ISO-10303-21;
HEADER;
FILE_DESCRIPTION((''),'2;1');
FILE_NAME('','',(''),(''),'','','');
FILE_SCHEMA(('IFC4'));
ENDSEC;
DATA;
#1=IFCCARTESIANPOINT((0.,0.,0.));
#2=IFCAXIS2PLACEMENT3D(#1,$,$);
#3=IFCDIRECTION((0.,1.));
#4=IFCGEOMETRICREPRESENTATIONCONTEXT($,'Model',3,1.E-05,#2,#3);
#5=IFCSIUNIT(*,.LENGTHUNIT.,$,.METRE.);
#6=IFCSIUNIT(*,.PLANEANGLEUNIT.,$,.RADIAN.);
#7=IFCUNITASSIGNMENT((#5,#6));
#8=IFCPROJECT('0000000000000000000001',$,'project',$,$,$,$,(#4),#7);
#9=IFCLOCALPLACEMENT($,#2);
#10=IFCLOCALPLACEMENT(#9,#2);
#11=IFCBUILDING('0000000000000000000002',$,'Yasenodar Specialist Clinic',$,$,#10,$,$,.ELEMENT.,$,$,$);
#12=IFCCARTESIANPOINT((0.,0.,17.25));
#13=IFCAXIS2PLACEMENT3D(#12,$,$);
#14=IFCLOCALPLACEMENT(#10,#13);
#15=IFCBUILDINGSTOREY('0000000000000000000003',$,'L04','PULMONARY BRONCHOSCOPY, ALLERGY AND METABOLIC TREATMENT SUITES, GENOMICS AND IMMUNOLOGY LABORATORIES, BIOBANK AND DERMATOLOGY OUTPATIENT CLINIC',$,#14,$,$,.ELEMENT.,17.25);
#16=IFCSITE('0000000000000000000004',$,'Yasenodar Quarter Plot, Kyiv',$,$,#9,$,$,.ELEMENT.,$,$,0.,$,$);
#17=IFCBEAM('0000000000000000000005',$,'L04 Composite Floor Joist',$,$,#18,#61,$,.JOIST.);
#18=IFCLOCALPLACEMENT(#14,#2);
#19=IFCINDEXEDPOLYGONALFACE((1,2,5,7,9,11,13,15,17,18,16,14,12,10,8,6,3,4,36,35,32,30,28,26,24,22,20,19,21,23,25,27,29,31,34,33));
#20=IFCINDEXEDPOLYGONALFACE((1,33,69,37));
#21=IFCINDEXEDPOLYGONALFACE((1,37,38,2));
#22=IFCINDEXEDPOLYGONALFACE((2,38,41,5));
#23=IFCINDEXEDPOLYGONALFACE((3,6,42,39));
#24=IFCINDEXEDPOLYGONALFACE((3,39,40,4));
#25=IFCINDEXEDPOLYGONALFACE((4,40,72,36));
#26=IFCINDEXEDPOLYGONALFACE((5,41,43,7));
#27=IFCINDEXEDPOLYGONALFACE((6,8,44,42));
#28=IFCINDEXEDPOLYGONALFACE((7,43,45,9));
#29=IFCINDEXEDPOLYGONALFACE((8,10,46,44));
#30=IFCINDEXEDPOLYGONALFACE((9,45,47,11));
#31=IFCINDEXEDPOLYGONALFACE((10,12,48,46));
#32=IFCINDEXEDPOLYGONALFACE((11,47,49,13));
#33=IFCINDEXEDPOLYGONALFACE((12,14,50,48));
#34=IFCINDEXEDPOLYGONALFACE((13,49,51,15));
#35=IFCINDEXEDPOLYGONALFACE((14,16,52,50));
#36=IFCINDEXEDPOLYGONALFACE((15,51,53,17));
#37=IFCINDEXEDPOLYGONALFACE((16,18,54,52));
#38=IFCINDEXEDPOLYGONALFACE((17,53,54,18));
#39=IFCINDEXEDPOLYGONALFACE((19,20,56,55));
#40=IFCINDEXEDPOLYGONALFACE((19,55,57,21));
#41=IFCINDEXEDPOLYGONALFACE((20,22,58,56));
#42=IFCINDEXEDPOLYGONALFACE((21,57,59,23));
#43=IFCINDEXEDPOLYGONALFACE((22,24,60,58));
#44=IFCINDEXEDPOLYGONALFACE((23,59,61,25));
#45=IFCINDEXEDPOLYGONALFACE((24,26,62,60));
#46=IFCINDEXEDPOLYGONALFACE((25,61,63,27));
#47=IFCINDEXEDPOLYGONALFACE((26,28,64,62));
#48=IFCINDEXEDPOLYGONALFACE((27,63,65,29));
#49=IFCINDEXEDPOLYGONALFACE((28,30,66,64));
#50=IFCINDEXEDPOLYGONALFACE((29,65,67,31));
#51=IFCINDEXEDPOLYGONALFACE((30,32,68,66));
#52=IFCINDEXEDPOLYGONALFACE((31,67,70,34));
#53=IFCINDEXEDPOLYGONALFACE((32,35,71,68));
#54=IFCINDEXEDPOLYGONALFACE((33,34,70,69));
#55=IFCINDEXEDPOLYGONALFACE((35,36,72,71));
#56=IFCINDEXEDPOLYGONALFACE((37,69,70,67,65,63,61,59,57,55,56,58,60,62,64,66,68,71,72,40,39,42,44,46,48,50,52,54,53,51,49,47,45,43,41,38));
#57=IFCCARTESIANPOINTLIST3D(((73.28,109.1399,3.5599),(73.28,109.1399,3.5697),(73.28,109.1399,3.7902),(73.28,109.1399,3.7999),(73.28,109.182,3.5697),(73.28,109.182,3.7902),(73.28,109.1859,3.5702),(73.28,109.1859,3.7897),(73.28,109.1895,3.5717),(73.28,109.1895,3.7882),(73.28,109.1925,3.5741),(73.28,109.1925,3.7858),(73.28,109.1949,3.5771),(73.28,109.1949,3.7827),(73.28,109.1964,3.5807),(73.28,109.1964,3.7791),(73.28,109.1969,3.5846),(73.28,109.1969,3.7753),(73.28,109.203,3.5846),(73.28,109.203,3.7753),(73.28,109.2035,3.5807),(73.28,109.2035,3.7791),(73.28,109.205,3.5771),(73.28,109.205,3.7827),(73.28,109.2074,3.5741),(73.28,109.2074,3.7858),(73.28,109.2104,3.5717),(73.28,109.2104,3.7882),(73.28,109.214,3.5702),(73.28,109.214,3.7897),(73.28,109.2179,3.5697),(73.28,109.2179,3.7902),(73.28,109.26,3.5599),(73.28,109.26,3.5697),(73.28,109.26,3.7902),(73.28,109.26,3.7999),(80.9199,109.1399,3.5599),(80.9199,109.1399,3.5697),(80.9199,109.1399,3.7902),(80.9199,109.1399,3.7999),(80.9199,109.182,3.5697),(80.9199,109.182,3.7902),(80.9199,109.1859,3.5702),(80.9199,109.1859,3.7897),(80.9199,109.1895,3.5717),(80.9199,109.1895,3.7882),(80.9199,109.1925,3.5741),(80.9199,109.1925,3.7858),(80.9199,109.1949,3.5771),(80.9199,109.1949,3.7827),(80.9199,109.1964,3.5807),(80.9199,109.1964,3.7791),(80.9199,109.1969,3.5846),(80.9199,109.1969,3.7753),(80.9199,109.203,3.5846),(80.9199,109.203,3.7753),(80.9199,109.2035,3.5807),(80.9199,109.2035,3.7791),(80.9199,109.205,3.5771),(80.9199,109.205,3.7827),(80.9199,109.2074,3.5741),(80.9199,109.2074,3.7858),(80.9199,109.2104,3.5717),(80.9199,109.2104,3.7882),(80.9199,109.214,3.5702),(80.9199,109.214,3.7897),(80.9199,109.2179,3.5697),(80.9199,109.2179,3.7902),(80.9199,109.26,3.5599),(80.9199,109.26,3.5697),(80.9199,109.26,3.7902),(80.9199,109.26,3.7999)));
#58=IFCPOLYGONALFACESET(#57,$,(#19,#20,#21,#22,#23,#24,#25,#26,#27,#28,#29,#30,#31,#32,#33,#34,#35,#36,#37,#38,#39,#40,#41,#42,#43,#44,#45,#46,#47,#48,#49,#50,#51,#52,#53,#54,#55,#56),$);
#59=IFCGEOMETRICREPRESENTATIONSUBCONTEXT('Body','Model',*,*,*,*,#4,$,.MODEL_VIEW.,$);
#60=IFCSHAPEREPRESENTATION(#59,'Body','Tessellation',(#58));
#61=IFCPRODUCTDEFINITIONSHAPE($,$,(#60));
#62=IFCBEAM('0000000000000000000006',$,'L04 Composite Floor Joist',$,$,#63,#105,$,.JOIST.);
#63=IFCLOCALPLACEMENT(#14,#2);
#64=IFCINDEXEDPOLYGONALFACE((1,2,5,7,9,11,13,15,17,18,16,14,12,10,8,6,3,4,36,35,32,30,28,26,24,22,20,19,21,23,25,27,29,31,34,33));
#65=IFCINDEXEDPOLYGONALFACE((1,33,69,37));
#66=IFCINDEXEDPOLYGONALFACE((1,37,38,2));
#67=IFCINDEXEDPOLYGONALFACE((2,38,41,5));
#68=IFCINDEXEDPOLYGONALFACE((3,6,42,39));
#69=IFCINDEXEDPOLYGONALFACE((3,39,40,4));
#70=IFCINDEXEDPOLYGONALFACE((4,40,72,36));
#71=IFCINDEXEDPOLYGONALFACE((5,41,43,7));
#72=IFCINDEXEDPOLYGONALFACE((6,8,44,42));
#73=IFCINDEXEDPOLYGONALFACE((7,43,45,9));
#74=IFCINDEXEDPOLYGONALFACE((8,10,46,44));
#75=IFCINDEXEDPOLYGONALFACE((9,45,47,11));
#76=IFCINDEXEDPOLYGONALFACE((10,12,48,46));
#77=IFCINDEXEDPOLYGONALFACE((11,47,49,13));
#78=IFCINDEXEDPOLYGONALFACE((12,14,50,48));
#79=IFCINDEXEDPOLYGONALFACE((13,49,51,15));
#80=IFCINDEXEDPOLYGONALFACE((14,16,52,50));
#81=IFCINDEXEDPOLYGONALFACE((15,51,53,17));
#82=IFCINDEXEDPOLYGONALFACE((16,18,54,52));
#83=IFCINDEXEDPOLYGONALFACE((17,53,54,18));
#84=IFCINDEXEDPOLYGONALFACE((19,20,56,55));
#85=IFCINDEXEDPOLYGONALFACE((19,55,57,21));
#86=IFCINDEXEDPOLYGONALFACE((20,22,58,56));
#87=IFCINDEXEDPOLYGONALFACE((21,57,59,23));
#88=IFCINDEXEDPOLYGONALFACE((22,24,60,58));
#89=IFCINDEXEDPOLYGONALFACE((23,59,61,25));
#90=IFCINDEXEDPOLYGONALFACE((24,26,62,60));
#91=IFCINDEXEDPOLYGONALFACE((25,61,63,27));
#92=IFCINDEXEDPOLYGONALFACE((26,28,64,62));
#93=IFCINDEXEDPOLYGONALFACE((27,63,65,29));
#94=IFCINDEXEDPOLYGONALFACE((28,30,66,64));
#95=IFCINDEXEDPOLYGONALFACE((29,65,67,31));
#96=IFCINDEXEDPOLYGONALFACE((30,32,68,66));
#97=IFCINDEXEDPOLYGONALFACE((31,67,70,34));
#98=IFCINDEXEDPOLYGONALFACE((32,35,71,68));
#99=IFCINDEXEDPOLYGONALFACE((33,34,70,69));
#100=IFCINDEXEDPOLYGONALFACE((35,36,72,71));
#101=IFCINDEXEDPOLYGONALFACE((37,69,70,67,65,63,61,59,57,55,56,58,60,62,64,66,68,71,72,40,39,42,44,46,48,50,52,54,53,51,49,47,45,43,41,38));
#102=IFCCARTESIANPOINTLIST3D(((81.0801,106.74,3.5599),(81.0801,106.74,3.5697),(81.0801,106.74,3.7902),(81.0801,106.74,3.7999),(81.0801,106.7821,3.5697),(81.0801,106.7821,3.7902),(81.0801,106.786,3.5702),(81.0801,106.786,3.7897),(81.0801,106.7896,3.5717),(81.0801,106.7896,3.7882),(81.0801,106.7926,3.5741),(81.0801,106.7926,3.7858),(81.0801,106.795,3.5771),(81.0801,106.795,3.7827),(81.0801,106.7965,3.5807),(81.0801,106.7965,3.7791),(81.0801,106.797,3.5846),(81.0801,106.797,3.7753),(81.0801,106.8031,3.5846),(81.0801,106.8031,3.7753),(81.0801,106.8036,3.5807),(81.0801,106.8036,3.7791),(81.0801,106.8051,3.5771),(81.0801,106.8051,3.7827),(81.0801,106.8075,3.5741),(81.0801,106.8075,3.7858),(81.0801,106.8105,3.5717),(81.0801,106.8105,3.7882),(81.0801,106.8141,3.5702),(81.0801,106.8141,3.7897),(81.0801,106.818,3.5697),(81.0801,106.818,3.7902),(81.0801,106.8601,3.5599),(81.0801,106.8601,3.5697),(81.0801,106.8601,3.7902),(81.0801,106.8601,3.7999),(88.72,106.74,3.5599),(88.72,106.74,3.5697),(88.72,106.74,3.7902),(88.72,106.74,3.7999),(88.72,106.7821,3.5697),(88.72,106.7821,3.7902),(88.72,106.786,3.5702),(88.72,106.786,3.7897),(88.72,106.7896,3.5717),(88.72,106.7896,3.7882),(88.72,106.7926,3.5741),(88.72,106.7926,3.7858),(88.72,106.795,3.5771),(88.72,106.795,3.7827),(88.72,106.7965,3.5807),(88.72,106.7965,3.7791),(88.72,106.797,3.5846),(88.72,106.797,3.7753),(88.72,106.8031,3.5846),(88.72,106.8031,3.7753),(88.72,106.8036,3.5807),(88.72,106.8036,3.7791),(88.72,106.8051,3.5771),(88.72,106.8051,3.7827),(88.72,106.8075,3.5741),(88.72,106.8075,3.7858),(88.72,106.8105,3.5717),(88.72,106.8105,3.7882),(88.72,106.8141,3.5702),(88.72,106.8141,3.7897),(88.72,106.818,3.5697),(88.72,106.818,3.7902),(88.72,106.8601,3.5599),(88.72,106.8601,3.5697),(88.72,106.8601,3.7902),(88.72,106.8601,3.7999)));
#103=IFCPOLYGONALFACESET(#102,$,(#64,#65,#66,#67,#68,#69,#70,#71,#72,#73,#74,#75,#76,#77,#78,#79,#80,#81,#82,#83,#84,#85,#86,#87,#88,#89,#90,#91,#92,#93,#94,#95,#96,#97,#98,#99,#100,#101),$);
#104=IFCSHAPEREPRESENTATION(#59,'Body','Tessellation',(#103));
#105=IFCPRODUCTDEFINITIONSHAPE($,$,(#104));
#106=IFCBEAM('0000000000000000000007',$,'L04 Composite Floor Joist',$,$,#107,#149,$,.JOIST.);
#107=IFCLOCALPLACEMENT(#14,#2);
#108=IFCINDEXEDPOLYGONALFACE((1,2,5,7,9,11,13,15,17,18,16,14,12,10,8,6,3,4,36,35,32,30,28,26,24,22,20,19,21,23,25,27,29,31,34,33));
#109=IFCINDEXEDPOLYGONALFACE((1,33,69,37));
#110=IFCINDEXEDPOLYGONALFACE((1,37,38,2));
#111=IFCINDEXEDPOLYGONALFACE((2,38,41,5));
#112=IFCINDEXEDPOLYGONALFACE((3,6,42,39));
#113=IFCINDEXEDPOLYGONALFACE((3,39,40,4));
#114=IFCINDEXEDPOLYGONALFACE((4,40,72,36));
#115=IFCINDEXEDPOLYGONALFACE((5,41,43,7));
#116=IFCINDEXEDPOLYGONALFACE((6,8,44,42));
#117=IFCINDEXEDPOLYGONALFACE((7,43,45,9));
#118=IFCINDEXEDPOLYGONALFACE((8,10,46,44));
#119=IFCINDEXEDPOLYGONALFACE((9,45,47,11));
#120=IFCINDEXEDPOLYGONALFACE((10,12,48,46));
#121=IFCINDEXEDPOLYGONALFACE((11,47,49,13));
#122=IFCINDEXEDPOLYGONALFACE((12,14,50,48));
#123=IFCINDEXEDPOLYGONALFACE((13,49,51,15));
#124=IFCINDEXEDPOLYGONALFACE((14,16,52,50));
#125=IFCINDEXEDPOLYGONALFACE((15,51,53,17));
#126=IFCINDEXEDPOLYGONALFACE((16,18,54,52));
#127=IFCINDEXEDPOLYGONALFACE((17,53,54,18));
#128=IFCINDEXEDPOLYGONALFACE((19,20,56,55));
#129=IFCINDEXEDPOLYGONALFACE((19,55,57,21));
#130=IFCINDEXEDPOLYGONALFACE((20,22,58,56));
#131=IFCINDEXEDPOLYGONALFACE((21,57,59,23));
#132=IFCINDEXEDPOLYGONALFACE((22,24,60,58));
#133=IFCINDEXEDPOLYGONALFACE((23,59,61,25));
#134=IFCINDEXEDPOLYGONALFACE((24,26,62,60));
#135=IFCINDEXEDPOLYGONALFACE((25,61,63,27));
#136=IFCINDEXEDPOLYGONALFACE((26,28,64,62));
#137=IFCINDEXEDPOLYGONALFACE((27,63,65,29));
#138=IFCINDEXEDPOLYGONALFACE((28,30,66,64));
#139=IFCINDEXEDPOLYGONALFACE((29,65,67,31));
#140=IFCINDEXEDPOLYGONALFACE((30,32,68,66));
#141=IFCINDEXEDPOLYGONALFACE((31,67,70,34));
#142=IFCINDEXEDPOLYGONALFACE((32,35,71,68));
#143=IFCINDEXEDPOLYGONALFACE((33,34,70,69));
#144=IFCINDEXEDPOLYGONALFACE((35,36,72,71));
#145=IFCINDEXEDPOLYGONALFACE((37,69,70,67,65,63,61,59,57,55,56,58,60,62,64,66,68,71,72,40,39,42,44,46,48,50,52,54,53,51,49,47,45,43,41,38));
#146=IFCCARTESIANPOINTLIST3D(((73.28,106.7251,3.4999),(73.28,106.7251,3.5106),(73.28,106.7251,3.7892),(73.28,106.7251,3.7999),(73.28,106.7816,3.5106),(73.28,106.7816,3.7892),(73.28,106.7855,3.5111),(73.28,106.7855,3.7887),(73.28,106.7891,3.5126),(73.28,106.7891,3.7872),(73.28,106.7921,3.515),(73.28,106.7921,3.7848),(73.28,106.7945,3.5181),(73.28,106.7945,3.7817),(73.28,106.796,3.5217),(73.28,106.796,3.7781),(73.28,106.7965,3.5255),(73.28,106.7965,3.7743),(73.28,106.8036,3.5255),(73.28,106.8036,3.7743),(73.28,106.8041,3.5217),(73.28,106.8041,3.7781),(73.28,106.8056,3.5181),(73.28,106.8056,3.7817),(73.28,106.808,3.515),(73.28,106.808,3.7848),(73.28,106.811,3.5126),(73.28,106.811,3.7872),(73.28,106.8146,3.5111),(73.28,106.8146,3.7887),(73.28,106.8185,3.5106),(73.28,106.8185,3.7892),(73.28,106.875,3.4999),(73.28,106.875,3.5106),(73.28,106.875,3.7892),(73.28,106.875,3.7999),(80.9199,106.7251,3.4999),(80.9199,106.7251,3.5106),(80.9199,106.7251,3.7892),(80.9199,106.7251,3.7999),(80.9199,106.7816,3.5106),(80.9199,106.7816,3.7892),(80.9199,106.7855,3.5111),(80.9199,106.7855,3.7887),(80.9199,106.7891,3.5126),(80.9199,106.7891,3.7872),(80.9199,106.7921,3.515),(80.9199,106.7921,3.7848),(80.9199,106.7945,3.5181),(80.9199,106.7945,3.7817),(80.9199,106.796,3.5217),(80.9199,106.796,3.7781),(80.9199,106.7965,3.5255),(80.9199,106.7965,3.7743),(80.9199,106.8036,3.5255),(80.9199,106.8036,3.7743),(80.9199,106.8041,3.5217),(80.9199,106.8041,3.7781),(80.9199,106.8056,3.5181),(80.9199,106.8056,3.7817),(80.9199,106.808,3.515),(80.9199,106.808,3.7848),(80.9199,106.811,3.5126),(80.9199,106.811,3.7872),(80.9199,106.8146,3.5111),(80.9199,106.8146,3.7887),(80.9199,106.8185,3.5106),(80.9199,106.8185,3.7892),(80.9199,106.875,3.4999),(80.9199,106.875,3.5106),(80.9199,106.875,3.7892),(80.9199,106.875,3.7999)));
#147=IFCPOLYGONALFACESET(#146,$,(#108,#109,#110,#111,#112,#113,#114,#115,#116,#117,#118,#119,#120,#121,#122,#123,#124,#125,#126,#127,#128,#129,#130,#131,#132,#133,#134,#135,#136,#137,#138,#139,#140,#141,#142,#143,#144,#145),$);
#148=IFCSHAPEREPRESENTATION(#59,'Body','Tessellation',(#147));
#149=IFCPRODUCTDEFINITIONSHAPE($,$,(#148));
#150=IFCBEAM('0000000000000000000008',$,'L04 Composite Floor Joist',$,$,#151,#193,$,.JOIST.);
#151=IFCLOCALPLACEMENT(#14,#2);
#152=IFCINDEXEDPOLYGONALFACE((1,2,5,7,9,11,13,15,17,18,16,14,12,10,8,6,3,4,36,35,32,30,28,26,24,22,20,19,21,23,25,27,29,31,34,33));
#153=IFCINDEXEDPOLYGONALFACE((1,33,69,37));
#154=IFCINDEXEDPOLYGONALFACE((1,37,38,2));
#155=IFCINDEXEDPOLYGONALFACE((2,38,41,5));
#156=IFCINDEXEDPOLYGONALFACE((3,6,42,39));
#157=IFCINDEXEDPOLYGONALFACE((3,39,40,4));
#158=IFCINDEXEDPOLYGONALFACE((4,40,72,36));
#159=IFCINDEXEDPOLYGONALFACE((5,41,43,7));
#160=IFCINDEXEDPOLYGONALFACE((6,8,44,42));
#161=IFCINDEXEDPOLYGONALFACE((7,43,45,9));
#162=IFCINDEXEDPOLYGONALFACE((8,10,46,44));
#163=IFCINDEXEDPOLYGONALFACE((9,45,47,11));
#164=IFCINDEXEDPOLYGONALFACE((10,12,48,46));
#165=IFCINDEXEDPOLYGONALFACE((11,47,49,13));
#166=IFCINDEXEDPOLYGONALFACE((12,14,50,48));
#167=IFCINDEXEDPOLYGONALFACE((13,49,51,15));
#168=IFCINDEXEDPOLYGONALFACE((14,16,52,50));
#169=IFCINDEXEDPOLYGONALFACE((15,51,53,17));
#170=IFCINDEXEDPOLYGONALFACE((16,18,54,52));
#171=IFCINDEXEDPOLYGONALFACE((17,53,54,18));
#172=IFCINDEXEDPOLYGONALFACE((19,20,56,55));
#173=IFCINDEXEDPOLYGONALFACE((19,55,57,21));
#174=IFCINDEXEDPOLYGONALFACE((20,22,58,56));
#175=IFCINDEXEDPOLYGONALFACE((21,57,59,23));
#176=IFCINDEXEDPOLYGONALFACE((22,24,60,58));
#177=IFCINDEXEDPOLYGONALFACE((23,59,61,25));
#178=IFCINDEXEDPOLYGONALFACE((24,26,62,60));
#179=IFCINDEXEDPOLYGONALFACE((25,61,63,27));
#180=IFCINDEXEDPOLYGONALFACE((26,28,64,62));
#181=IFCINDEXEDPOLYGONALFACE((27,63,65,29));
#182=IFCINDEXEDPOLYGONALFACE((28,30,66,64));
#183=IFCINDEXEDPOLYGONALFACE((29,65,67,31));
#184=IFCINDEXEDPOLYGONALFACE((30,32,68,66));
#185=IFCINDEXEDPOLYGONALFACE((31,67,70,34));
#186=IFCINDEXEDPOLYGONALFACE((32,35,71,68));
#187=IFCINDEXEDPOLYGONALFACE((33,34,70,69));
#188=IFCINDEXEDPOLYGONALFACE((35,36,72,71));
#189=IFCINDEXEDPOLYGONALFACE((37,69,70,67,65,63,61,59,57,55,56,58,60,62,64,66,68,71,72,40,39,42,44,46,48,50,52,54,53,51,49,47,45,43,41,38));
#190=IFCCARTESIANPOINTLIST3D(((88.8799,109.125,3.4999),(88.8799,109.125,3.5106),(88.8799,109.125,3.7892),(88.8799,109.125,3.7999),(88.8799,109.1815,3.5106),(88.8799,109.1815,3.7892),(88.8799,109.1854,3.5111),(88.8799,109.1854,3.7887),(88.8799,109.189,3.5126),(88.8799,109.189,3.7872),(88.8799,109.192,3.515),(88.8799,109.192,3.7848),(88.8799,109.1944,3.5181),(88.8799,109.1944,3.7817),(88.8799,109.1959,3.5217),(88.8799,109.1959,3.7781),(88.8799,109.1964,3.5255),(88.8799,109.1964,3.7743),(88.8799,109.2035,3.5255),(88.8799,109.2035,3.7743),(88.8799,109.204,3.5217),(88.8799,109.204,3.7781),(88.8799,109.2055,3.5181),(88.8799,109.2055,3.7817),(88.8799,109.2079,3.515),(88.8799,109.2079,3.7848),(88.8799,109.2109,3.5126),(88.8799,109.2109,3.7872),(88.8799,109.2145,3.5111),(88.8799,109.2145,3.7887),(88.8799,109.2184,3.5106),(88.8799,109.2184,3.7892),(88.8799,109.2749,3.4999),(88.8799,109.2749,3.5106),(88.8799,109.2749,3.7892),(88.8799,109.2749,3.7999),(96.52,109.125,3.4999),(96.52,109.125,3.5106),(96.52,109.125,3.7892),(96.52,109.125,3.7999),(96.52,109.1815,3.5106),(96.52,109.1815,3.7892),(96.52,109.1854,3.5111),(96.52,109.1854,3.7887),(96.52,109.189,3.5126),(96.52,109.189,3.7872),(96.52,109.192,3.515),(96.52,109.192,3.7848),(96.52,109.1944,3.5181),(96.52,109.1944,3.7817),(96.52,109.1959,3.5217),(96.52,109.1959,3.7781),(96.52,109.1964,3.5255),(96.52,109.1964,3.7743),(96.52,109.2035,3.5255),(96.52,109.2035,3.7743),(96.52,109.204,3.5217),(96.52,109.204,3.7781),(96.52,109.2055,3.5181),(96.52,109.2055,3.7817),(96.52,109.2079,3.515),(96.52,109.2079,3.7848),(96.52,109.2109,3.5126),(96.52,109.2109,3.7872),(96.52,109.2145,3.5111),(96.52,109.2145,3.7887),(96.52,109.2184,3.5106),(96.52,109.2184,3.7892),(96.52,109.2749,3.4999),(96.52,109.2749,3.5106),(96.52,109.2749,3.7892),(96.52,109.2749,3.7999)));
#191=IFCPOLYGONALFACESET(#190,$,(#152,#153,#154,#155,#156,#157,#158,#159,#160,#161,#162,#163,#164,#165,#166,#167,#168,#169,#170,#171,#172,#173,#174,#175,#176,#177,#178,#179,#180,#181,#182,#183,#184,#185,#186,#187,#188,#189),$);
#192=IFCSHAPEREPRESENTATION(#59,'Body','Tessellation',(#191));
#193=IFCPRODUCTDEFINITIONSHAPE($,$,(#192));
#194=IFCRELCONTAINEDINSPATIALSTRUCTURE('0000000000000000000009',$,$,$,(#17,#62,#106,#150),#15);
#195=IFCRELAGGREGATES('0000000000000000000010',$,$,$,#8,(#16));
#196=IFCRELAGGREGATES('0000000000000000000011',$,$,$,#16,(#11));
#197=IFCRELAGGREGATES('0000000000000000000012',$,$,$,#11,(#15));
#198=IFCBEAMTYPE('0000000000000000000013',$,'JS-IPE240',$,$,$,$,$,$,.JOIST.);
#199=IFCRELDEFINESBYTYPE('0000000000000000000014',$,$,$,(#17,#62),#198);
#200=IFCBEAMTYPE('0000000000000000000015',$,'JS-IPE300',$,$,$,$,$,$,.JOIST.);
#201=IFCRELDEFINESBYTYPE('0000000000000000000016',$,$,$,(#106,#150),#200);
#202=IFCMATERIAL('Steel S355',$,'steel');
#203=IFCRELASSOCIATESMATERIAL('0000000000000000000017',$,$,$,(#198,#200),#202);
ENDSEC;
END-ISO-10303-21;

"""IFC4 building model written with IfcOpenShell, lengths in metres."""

from ifc_helpers import new_model, si_unit, direction, frame, origin, origin_2d, place, context, subcontext, project, spatial, i_section, extrude, material, material_profile, profile_set, type_object, element, save


model = new_model("IFC4")

# Units and contexts
model_context = context("Model", 3, precision=1e-05, world=origin(), true_north=direction((0.0, 1.0)))
body_context = subcontext(model_context, "Body", "Model", "MODEL_VIEW")
ifc_project = project(units=[si_unit("LENGTHUNIT", "METRE"), si_unit("PLANEANGLEUNIT", "RADIAN")], contexts=[model_context])

# Site, building, storey
site_placement = place(None, origin())
site = spatial("IfcSite", under=ifc_project, at=site_placement, Name="Yasenodar Quarter Plot, Kyiv", CompositionType="ELEMENT", RefElevation=0.0)
building_placement = place(site_placement, origin())
building = spatial("IfcBuilding", under=site, at=building_placement, Name="Yasenodar Specialist Clinic", CompositionType="ELEMENT")
storey_placement = place(building_placement, frame((0.0, 0.0, 17.25)))
storey = spatial("IfcBuildingStorey", under=building, at=storey_placement, Name="L04", Description="PULMONARY BRONCHOSCOPY, ALLERGY AND METABOLIC TREATMENT SUITES, GENOMICS AND IMMUNOLOGY LABORATORIES, BIOBANK AND DERMATOLOGY OUTPATIENT CLINIC", CompositionType="ELEMENT", Elevation=17.25)

# Shared definitions
ifc_material_1 = material(Name="Steel S355", Category="steel")

# Beams
ifc_material_profile_1 = material_profile(ifc_material_1, i_section(OverallWidth=0.1201, OverallDepth=0.24, WebThickness=0.0061, FlangeThickness=0.0098, FilletRadius=0.0149, at=origin_2d()), Name="IPE 240")
ifc_profile_set_1 = profile_set([ifc_material_profile_1], Name="Steel S355")
beam_type_1 = type_object("IfcBeamType", Name="JS-IPE240", PredefinedType="JOIST", material=ifc_profile_set_1)
for number, where, z_axis, x_axis, name in (
    (1, (73.28, 109.2, 3.6799), (1.0, 0.0, 0.0), (0.0, 1.0, 0.0), "L04 Composite Floor Joist"),
    (2, (81.0801, 106.8, 3.6799), (1.0, 0.0, 0.0), (0.0, 1.0, 0.0), "L04 Composite Floor Joist"),
):
    element("IfcBeam", number, at=place(storey_placement, frame(where, z_axis=z_axis, x_axis=x_axis)), inside=storey, type_object=beam_type_1, Name=name, PredefinedType="JOIST", context=body_context, shape_type="SweptSolid", body=[
        extrude(i_section(OverallWidth=0.1201, OverallDepth=0.24, WebThickness=0.0061, FlangeThickness=0.0098, FilletRadius=0.0149, at=origin_2d()), origin(), (0.0, 0.0, 1.0), 7.6399),
    ])
ifc_material_profile_2 = material_profile(ifc_material_1, i_section(OverallWidth=0.1499, OverallDepth=0.3, WebThickness=0.0071, FlangeThickness=0.0107, FilletRadius=0.0149, at=origin_2d()), Name="IPE 300")
ifc_profile_set_2 = profile_set([ifc_material_profile_2], Name="Steel S355")
beam_type_2 = type_object("IfcBeamType", Name="JS-IPE300", PredefinedType="JOIST", material=ifc_profile_set_2)
beam_1_placement = place(storey_placement, frame((73.28, 106.8, 3.6499), z_axis=(1.0, 0.0, 0.0), x_axis=(0.0, 1.0, 0.0)))
element("IfcBeam", 3, at=beam_1_placement, inside=storey, type_object=beam_type_2, Name="L04 Composite Floor Joist", PredefinedType="JOIST", context=body_context, shape_type="SweptSolid", body=[
    extrude(i_section(OverallWidth=0.1499, OverallDepth=0.3, WebThickness=0.0071, FlangeThickness=0.0107, FilletRadius=0.0149, at=origin_2d()), origin(), (0.0, 0.0, 1.0), 7.6399),
])
beam_2_placement = place(storey_placement, frame((88.8799, 109.2, 3.6499), z_axis=(1.0, 0.0, 0.0), x_axis=(0.0, 1.0, 0.0)))
element("IfcBeam", 4, at=beam_2_placement, inside=storey, type_object=beam_type_2, Name="L04 Composite Floor Joist", PredefinedType="JOIST", context=body_context, shape_type="SweptSolid", body=[
    extrude(i_section(OverallWidth=0.1499, OverallDepth=0.3, WebThickness=0.0071, FlangeThickness=0.0107, FilletRadius=0.0149, at=origin_2d()), origin(), (0.0, 0.0, 1.0), 7.6401),
])

save(model, "model.ifc")
